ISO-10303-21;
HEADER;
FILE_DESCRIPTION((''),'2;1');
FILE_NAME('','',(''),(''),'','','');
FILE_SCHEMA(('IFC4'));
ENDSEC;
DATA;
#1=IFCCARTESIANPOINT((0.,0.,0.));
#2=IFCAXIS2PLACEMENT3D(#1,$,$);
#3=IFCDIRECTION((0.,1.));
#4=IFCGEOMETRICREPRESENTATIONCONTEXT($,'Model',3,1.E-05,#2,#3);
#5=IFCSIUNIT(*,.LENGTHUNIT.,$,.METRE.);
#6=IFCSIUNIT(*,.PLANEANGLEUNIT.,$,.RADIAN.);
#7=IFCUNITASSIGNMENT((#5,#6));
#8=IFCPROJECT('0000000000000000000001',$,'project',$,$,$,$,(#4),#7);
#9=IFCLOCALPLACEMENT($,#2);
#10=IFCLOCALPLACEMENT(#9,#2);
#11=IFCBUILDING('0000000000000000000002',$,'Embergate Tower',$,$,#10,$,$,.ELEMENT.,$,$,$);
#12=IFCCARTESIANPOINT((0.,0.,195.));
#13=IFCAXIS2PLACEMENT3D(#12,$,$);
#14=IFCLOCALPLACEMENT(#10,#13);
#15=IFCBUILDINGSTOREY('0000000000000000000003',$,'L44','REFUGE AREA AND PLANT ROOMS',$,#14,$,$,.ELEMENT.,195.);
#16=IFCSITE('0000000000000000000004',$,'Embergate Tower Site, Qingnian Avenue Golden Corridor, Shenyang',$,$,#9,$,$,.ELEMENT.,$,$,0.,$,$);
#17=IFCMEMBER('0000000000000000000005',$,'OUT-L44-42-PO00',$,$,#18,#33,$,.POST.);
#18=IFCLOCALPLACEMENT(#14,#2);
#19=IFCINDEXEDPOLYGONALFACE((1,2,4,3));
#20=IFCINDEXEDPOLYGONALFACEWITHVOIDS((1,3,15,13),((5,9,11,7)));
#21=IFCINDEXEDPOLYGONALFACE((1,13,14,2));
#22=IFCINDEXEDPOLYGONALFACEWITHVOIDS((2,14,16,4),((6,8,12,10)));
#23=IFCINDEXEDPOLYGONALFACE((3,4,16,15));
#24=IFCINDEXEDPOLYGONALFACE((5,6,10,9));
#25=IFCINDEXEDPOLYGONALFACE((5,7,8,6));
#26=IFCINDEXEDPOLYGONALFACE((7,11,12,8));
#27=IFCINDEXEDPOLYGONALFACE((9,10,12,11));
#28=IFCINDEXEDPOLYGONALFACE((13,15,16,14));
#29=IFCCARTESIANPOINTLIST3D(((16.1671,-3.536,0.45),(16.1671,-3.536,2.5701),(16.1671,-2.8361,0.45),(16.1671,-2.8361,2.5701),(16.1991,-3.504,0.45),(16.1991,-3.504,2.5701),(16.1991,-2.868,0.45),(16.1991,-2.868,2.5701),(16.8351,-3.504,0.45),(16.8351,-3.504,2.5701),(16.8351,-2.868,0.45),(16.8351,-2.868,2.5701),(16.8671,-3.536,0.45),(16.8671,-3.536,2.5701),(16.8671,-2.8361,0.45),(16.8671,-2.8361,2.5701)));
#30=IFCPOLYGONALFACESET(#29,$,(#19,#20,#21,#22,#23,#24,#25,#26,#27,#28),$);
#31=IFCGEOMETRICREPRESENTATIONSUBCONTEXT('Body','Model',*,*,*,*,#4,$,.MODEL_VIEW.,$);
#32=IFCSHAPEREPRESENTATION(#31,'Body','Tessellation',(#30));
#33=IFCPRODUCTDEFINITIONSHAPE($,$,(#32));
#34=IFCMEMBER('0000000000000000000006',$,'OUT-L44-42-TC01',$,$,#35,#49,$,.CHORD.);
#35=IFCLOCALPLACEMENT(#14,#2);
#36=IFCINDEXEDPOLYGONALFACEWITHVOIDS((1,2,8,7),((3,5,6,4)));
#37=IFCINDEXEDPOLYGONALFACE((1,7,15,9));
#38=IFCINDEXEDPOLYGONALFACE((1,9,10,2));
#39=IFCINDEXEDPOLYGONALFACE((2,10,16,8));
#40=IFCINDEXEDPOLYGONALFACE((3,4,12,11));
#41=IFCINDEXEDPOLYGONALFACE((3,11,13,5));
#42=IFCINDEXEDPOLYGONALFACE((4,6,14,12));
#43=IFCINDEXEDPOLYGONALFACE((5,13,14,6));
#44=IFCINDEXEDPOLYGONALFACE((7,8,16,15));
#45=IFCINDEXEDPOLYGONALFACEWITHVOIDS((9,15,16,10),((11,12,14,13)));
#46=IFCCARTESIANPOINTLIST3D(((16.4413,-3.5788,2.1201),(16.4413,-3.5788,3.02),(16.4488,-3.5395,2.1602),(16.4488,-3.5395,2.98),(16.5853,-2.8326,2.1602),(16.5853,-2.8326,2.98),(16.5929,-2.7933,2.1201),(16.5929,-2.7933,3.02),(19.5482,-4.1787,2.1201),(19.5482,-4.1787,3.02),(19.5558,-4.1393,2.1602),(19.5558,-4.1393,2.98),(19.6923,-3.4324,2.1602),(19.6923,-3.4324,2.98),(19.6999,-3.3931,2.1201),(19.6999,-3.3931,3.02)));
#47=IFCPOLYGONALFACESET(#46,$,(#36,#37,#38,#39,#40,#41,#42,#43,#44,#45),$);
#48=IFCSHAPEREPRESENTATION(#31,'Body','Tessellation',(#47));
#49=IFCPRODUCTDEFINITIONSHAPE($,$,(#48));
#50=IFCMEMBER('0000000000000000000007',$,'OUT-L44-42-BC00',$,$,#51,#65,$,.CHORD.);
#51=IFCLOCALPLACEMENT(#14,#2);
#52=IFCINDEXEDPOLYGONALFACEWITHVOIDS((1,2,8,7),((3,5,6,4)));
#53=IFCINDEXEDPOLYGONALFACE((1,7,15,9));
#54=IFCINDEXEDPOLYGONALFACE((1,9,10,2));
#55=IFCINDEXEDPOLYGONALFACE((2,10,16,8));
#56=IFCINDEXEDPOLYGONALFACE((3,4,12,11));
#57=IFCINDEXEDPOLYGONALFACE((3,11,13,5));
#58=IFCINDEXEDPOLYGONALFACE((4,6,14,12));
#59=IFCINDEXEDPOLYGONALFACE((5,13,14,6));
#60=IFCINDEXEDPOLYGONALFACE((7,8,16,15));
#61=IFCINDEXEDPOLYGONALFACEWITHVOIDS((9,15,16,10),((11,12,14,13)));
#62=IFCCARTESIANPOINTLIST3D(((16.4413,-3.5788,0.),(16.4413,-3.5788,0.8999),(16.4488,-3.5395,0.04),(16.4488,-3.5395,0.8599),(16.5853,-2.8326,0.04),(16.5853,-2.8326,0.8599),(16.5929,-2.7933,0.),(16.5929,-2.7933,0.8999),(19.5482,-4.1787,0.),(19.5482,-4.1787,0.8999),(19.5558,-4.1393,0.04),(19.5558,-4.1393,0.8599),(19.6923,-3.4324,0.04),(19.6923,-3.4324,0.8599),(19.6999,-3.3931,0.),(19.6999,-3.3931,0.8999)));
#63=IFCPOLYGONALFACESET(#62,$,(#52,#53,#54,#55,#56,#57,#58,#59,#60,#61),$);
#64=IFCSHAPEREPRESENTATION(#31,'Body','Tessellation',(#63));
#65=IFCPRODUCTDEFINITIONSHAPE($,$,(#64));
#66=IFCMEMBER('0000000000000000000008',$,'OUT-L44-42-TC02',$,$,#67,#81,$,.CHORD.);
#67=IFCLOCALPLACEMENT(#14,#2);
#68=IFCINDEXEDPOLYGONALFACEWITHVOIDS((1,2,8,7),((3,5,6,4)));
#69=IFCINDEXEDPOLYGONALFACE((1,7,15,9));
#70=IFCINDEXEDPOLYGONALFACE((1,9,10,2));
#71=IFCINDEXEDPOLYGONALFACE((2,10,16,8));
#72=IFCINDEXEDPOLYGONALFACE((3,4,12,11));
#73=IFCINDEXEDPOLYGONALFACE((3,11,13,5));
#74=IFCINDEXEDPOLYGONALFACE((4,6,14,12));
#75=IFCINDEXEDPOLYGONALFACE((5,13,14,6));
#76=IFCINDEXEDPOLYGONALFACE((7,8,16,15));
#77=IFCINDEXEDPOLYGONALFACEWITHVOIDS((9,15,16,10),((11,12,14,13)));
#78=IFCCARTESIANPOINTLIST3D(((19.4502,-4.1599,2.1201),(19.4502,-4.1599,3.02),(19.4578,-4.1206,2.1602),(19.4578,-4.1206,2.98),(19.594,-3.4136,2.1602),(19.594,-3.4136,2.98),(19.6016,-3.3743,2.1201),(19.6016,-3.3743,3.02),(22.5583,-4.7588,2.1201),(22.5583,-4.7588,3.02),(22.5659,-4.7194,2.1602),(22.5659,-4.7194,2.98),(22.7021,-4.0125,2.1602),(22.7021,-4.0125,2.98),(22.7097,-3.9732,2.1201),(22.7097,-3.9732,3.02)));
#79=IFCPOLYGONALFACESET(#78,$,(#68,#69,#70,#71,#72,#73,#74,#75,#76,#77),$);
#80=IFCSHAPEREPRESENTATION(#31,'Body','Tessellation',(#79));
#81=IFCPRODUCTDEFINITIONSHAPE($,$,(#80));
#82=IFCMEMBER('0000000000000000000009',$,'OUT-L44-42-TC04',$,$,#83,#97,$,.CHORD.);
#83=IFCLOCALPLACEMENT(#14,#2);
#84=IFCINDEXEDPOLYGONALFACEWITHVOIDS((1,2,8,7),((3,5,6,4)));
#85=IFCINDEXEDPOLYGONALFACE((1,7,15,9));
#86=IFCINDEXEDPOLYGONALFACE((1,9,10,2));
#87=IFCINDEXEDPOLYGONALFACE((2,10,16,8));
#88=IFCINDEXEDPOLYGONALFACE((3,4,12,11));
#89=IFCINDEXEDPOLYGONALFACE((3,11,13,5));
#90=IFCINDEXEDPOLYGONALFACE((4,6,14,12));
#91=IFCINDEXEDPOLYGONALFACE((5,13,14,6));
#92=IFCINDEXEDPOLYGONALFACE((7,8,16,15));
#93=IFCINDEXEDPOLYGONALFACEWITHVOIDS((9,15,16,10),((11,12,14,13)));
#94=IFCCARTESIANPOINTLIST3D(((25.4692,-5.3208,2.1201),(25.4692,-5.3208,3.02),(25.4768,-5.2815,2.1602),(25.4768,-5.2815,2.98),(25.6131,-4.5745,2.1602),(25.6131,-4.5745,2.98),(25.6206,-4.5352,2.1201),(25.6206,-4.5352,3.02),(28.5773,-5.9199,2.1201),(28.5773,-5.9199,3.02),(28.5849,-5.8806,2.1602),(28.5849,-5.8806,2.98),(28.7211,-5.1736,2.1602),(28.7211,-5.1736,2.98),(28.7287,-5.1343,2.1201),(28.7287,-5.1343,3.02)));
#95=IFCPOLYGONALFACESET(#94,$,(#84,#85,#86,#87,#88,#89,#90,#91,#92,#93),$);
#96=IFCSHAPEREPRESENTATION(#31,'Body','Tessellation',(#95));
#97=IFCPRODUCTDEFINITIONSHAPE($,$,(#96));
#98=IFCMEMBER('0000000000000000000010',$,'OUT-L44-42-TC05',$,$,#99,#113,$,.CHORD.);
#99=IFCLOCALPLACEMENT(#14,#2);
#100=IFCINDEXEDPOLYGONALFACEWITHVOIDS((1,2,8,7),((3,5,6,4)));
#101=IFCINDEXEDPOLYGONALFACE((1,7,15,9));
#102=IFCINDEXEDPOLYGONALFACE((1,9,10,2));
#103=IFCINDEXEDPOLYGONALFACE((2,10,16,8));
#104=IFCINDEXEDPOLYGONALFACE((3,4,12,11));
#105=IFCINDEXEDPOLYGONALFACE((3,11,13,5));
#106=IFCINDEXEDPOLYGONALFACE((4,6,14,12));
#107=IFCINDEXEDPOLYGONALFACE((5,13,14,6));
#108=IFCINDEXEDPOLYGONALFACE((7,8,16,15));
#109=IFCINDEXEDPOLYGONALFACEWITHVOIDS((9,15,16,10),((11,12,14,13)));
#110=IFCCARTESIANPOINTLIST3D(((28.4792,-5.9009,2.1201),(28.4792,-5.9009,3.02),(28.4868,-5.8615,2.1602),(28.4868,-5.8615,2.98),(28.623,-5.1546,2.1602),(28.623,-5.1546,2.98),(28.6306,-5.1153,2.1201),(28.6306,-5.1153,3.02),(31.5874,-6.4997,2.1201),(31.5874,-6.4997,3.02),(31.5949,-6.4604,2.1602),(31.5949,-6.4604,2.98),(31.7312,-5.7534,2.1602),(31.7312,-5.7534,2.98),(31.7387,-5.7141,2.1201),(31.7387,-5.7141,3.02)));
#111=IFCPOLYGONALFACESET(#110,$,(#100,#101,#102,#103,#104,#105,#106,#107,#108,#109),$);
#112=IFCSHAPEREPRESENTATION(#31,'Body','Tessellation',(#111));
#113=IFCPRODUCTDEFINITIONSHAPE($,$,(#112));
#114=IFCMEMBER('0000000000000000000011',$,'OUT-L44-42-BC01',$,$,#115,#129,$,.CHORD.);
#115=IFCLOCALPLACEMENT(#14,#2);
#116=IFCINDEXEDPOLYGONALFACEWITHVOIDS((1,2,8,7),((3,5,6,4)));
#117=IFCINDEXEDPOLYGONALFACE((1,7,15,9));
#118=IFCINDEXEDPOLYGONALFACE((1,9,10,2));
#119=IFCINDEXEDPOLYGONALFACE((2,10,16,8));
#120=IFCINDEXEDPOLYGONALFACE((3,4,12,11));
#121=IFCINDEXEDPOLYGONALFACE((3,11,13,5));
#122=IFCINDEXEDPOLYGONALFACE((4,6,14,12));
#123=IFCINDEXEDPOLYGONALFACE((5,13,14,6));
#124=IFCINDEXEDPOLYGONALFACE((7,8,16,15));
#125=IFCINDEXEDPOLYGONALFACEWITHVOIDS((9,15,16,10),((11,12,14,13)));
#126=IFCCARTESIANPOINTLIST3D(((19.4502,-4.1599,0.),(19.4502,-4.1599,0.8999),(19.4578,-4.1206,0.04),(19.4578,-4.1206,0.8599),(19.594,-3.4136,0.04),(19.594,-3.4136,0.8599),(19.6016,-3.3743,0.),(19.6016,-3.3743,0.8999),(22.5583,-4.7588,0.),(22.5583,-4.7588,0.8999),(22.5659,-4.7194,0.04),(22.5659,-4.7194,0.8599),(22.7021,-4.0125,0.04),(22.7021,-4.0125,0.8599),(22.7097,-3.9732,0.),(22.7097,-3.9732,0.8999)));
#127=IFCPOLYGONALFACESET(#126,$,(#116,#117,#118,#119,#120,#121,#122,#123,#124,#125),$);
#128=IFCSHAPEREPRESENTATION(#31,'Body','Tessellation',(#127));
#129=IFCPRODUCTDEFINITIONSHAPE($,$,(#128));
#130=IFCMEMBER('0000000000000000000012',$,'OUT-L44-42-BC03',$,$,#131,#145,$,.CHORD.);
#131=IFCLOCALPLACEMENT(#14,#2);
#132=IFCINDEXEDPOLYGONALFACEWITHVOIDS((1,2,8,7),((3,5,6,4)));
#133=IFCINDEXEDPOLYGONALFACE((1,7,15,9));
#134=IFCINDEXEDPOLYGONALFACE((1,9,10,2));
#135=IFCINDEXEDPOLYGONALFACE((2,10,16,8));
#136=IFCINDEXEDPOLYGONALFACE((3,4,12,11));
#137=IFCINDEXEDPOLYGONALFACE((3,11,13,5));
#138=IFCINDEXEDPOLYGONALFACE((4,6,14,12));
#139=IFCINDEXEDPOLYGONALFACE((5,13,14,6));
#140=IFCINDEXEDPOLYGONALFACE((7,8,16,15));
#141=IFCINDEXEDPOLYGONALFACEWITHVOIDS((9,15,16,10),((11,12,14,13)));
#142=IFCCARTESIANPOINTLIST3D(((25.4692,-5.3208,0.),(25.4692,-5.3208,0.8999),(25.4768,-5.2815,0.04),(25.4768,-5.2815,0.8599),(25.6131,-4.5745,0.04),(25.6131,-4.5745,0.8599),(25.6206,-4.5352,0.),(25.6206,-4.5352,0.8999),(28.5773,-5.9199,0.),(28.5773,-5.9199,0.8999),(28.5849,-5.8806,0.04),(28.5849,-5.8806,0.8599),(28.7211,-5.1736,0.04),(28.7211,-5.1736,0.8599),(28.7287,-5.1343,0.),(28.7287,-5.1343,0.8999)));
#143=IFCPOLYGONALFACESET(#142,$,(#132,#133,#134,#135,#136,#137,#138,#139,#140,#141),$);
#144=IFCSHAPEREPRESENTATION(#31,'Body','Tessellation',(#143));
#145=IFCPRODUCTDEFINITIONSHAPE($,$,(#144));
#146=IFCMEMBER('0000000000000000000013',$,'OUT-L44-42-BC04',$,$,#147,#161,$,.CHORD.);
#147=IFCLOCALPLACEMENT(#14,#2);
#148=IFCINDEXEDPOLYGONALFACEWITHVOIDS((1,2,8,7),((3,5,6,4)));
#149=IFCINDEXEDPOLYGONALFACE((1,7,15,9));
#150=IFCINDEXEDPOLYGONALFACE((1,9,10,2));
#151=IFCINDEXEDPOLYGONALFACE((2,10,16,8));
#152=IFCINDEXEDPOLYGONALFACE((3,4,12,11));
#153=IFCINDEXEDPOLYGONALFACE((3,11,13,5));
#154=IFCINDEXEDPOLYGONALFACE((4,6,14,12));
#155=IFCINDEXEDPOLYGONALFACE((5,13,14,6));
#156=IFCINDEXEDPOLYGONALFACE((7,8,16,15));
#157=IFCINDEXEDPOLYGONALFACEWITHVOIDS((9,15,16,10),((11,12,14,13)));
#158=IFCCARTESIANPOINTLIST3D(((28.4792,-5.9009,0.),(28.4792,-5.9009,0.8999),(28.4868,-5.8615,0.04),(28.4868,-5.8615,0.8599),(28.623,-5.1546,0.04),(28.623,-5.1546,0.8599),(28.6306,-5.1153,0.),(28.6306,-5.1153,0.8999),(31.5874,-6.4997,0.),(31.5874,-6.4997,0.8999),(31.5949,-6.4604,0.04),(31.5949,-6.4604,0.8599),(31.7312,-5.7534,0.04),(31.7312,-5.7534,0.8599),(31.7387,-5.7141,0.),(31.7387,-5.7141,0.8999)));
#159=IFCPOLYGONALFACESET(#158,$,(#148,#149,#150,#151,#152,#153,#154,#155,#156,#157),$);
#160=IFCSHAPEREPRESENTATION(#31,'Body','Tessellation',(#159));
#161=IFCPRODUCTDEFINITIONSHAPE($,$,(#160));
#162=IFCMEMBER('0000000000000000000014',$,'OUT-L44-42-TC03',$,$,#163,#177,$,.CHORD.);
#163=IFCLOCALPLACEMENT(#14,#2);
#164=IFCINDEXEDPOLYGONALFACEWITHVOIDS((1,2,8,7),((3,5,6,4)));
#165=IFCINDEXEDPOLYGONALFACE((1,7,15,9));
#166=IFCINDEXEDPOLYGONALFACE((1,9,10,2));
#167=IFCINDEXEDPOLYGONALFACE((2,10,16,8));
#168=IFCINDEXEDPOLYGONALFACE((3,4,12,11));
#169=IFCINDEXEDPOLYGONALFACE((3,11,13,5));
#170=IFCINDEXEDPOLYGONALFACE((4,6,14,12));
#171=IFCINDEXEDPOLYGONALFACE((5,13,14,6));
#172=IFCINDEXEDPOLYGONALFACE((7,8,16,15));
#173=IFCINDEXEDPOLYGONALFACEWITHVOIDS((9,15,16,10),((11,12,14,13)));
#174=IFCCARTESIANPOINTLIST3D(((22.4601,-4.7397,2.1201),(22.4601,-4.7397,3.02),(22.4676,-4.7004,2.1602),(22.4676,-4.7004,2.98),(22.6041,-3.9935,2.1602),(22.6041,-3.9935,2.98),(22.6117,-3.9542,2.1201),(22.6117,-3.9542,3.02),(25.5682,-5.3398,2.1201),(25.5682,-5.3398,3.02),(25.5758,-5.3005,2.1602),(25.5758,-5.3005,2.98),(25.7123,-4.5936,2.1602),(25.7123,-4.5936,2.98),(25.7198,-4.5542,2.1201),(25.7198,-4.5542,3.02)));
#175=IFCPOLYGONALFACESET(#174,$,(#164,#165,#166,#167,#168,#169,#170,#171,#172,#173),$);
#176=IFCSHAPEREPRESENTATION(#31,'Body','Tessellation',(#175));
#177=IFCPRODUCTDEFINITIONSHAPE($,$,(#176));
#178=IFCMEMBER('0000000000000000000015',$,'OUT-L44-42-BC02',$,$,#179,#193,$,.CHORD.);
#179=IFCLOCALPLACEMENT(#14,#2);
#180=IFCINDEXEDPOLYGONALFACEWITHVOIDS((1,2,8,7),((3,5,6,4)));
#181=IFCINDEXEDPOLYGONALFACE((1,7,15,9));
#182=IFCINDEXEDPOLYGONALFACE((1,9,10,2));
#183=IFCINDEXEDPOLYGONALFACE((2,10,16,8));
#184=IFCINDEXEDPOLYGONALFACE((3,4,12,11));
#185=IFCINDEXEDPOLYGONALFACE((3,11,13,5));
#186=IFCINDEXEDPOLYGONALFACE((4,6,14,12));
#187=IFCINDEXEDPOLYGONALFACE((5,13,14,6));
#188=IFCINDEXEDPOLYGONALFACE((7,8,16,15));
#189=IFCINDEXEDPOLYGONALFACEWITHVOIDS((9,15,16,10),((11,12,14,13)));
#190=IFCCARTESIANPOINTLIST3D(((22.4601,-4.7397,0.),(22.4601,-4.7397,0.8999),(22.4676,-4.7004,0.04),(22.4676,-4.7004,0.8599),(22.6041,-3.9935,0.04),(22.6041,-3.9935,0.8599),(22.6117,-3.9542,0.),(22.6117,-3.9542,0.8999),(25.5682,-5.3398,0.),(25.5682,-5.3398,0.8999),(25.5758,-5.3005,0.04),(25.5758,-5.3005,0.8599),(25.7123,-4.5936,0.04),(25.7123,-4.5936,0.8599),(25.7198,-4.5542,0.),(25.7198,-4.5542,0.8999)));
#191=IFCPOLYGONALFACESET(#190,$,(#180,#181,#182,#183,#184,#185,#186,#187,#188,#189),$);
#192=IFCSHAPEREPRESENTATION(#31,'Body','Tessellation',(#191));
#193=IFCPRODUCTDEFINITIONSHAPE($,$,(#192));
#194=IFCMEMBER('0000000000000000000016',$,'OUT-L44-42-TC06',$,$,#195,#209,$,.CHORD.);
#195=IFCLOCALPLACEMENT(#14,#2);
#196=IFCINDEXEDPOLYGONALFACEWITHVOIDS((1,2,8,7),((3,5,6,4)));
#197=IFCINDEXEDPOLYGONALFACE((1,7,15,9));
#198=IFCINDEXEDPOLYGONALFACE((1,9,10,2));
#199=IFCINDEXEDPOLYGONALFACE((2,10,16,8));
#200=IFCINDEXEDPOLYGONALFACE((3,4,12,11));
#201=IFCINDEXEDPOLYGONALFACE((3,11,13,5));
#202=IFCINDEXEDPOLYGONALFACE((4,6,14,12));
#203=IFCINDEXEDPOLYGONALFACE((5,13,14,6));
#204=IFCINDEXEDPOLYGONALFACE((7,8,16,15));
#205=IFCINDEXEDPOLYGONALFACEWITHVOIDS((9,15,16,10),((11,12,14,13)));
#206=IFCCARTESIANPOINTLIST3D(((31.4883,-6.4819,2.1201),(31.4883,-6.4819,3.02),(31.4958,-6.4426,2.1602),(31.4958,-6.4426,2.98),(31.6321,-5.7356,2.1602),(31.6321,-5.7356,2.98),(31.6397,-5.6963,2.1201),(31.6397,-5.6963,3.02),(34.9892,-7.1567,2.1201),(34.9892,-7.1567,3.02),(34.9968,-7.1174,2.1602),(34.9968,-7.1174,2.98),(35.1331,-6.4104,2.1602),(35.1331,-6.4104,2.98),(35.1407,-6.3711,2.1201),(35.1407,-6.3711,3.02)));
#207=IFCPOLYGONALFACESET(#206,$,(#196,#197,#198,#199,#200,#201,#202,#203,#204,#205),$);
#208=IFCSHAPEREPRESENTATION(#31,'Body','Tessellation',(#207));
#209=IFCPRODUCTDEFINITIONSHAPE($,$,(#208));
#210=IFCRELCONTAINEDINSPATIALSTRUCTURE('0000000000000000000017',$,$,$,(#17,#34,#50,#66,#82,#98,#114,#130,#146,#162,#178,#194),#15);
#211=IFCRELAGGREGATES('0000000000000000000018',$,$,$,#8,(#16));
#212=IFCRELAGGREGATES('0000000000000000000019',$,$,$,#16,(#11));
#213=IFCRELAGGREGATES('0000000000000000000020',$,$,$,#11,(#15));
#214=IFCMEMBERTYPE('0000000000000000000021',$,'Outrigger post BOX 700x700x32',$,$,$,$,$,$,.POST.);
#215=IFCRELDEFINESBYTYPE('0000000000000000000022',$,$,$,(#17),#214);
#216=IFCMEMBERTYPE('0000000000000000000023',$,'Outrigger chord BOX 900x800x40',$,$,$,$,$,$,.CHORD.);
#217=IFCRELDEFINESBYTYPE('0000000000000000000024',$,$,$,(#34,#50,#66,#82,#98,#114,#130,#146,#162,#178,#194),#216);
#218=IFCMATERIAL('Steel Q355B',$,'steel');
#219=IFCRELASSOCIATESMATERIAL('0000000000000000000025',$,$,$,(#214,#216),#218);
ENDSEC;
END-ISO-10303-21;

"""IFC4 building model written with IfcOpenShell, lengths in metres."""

from ifc_helpers import new_model, si_unit, direction, frame, origin, origin_2d, place, context, subcontext, project, spatial, hollow_rectangle, extrude, source, transform, mapped, material, material_profile, profile_set, type_object, element, save


model = new_model("IFC4")

# Units and contexts
model_context = context("Model", 3, precision=1e-05, world=origin(), true_north=direction((0.0, 1.0)))
body_context = subcontext(model_context, "Body", "Model", "MODEL_VIEW")
ifc_project = project(units=[si_unit("LENGTHUNIT", "METRE"), si_unit("PLANEANGLEUNIT", "RADIAN")], contexts=[model_context])

# Site, building, storey
site_placement = place(None, origin())
site = spatial("IfcSite", under=ifc_project, at=site_placement, Name="Embergate Tower Site, Qingnian Avenue Golden Corridor, Shenyang", CompositionType="ELEMENT", RefElevation=0.0)
building_placement = place(site_placement, origin())
building = spatial("IfcBuilding", under=site, at=building_placement, Name="Embergate Tower", CompositionType="ELEMENT")
storey_placement = place(building_placement, frame((0.0, 0.0, 195.0)))
storey = spatial("IfcBuildingStorey", under=building, at=storey_placement, Name="L44", Description="REFUGE AREA AND PLANT ROOMS", CompositionType="ELEMENT", Elevation=195.0)

# Members
ifc_material = material(Name="Steel Q355B", Category="steel")
ifc_material_profile_1 = material_profile(ifc_material, hollow_rectangle(XDim=0.7, YDim=0.7, WallThickness=0.032, at=origin_2d()), Name="BOX 700x700x32")
ifc_profile_set_1 = profile_set([ifc_material_profile_1], Name="Steel Q355 grade B")
member_type_1 = type_object("IfcMemberType", Name="Outrigger post BOX 700x700x32", PredefinedType="POST", material=ifc_profile_set_1)
shared_shape_1 = source(origin(), body_context, "Body", "SweptSolid", [
    extrude(hollow_rectangle(XDim=0.7, YDim=0.7, WallThickness=0.032, at=origin_2d()), origin(), (0.0, 0.0, 1.0), 2.1201),
])
member_1_placement = place(storey_placement, frame((16.5171, -3.186, 0.45), z_axis=(0.0, 0.0, 1.0), x_axis=(1.0, 0.0, 0.0)))
element("IfcMember", 1, at=member_1_placement, inside=storey, type_object=member_type_1, Name="OUT-L44-42-PO00", PredefinedType="POST", context=body_context, shape_type="MappedRepresentation", body=[
    mapped(shared_shape_1, transform((0.0, 0.0, 0.0))),
])
ifc_material_profile_2 = material_profile(ifc_material, hollow_rectangle(XDim=0.8, YDim=0.8999, WallThickness=0.04, at=origin_2d()), Name="BOX 900x800x40")
ifc_profile_set_2 = profile_set([ifc_material_profile_2], Name="Steel Q355 grade B")
member_type_2 = type_object("IfcMemberType", Name="Outrigger chord BOX 900x800x40", PredefinedType="CHORD", material=ifc_profile_set_2)
shared_shape_2 = source(origin(), body_context, "Body", "SweptSolid", [
    extrude(hollow_rectangle(XDim=0.8, YDim=0.8999, WallThickness=0.04, at=origin_2d()), origin(), (0.0, 0.0, 1.0), 3.1643),
])
for number, where, z_axis, x_axis, name in (
    (2, (16.5171, -3.186, 2.5701), (0.981868, -0.189568, 0.0), (0.189568, 0.981868, 0.0), "OUT-L44-42-TC01"),
    (3, (16.5171, -3.186, 0.45), (0.981868, -0.189568, 0.0), (0.189568, 0.981868, 0.0), "OUT-L44-42-BC00"),
):
    element("IfcMember", number, at=place(storey_placement, frame(where, z_axis=z_axis, x_axis=x_axis)), inside=storey, type_object=member_type_2, Name=name, PredefinedType="CHORD", context=body_context, shape_type="MappedRepresentation", body=[
        mapped(shared_shape_2, transform((0.0, 0.0, 0.0))),
    ])
shared_shape_3 = source(origin(), body_context, "Body", "SweptSolid", [
    extrude(hollow_rectangle(XDim=0.8, YDim=0.8999, WallThickness=0.04, at=origin_2d()), origin(), (0.0, 0.0, 1.0), 3.1653),
])
for number, where, z_axis, x_axis, name in (
    (4, (19.5259, -3.7671, 2.5701), (0.981939, -0.189199, 0.0), (0.189199, 0.981939, 0.0), "OUT-L44-42-TC02"),
    (5, (25.5449, -4.928, 2.5701), (0.981924, -0.189274, 0.0), (0.189274, 0.981924, 0.0), "OUT-L44-42-TC04"),
    (6, (28.5549, -5.5081, 2.5701), (0.981939, -0.189199, 0.0), (0.189199, 0.981939, 0.0), "OUT-L44-42-TC05"),
    (7, (19.5259, -3.7671, 0.45), (0.981939, -0.189199, 0.0), (0.189199, 0.981939, 0.0), "OUT-L44-42-BC01"),
    (8, (25.5449, -4.928, 0.45), (0.981924, -0.189274, 0.0), (0.189274, 0.981924, 0.0), "OUT-L44-42-BC03"),
    (9, (28.5549, -5.5081, 0.45), (0.981939, -0.189199, 0.0), (0.189199, 0.981939, 0.0), "OUT-L44-42-BC04"),
):
    element("IfcMember", number, at=place(storey_placement, frame(where, z_axis=z_axis, x_axis=x_axis)), inside=storey, type_object=member_type_2, Name=name, PredefinedType="CHORD", context=body_context, shape_type="MappedRepresentation", body=[
        mapped(shared_shape_3, transform((0.0, 0.0, 0.0))),
    ])
shared_shape_4 = source(origin(), body_context, "Body", "SweptSolid", [
    extrude(hollow_rectangle(XDim=0.8, YDim=0.8999, WallThickness=0.04, at=origin_2d()), origin(), (0.0, 0.0, 1.0), 3.1655),
])
for number, where, z_axis, x_axis, name in (
    (10, (22.5359, -4.3469, 2.5701), (0.981867, -0.189571, 0.0), (0.189571, 0.981867, 0.0), "OUT-L44-42-TC03"),
    (11, (22.5359, -4.3469, 0.45), (0.981867, -0.189571, 0.0), (0.189571, 0.981867, 0.0), "OUT-L44-42-BC02"),
):
    element("IfcMember", number, at=place(storey_placement, frame(where, z_axis=z_axis, x_axis=x_axis)), inside=storey, type_object=member_type_2, Name=name, PredefinedType="CHORD", context=body_context, shape_type="MappedRepresentation", body=[
        mapped(shared_shape_4, transform((0.0, 0.0, 0.0))),
    ])
shared_shape_5 = source(origin(), body_context, "Body", "SweptSolid", [
    extrude(hollow_rectangle(XDim=0.8, YDim=0.8999, WallThickness=0.04, at=origin_2d()), origin(), (0.0, 0.0, 1.0), 3.5654),
])
member_2_placement = place(storey_placement, frame((31.564, -6.0891, 2.5701), z_axis=(0.981926, -0.189264, 0.0), x_axis=(0.189264, 0.981926, 0.0)))
element("IfcMember", 12, at=member_2_placement, inside=storey, type_object=member_type_2, Name="OUT-L44-42-TC06", PredefinedType="CHORD", context=body_context, shape_type="MappedRepresentation", body=[
    mapped(shared_shape_5, transform((0.0, 0.0, 0.0))),
])

save(model, "model.ifc")
